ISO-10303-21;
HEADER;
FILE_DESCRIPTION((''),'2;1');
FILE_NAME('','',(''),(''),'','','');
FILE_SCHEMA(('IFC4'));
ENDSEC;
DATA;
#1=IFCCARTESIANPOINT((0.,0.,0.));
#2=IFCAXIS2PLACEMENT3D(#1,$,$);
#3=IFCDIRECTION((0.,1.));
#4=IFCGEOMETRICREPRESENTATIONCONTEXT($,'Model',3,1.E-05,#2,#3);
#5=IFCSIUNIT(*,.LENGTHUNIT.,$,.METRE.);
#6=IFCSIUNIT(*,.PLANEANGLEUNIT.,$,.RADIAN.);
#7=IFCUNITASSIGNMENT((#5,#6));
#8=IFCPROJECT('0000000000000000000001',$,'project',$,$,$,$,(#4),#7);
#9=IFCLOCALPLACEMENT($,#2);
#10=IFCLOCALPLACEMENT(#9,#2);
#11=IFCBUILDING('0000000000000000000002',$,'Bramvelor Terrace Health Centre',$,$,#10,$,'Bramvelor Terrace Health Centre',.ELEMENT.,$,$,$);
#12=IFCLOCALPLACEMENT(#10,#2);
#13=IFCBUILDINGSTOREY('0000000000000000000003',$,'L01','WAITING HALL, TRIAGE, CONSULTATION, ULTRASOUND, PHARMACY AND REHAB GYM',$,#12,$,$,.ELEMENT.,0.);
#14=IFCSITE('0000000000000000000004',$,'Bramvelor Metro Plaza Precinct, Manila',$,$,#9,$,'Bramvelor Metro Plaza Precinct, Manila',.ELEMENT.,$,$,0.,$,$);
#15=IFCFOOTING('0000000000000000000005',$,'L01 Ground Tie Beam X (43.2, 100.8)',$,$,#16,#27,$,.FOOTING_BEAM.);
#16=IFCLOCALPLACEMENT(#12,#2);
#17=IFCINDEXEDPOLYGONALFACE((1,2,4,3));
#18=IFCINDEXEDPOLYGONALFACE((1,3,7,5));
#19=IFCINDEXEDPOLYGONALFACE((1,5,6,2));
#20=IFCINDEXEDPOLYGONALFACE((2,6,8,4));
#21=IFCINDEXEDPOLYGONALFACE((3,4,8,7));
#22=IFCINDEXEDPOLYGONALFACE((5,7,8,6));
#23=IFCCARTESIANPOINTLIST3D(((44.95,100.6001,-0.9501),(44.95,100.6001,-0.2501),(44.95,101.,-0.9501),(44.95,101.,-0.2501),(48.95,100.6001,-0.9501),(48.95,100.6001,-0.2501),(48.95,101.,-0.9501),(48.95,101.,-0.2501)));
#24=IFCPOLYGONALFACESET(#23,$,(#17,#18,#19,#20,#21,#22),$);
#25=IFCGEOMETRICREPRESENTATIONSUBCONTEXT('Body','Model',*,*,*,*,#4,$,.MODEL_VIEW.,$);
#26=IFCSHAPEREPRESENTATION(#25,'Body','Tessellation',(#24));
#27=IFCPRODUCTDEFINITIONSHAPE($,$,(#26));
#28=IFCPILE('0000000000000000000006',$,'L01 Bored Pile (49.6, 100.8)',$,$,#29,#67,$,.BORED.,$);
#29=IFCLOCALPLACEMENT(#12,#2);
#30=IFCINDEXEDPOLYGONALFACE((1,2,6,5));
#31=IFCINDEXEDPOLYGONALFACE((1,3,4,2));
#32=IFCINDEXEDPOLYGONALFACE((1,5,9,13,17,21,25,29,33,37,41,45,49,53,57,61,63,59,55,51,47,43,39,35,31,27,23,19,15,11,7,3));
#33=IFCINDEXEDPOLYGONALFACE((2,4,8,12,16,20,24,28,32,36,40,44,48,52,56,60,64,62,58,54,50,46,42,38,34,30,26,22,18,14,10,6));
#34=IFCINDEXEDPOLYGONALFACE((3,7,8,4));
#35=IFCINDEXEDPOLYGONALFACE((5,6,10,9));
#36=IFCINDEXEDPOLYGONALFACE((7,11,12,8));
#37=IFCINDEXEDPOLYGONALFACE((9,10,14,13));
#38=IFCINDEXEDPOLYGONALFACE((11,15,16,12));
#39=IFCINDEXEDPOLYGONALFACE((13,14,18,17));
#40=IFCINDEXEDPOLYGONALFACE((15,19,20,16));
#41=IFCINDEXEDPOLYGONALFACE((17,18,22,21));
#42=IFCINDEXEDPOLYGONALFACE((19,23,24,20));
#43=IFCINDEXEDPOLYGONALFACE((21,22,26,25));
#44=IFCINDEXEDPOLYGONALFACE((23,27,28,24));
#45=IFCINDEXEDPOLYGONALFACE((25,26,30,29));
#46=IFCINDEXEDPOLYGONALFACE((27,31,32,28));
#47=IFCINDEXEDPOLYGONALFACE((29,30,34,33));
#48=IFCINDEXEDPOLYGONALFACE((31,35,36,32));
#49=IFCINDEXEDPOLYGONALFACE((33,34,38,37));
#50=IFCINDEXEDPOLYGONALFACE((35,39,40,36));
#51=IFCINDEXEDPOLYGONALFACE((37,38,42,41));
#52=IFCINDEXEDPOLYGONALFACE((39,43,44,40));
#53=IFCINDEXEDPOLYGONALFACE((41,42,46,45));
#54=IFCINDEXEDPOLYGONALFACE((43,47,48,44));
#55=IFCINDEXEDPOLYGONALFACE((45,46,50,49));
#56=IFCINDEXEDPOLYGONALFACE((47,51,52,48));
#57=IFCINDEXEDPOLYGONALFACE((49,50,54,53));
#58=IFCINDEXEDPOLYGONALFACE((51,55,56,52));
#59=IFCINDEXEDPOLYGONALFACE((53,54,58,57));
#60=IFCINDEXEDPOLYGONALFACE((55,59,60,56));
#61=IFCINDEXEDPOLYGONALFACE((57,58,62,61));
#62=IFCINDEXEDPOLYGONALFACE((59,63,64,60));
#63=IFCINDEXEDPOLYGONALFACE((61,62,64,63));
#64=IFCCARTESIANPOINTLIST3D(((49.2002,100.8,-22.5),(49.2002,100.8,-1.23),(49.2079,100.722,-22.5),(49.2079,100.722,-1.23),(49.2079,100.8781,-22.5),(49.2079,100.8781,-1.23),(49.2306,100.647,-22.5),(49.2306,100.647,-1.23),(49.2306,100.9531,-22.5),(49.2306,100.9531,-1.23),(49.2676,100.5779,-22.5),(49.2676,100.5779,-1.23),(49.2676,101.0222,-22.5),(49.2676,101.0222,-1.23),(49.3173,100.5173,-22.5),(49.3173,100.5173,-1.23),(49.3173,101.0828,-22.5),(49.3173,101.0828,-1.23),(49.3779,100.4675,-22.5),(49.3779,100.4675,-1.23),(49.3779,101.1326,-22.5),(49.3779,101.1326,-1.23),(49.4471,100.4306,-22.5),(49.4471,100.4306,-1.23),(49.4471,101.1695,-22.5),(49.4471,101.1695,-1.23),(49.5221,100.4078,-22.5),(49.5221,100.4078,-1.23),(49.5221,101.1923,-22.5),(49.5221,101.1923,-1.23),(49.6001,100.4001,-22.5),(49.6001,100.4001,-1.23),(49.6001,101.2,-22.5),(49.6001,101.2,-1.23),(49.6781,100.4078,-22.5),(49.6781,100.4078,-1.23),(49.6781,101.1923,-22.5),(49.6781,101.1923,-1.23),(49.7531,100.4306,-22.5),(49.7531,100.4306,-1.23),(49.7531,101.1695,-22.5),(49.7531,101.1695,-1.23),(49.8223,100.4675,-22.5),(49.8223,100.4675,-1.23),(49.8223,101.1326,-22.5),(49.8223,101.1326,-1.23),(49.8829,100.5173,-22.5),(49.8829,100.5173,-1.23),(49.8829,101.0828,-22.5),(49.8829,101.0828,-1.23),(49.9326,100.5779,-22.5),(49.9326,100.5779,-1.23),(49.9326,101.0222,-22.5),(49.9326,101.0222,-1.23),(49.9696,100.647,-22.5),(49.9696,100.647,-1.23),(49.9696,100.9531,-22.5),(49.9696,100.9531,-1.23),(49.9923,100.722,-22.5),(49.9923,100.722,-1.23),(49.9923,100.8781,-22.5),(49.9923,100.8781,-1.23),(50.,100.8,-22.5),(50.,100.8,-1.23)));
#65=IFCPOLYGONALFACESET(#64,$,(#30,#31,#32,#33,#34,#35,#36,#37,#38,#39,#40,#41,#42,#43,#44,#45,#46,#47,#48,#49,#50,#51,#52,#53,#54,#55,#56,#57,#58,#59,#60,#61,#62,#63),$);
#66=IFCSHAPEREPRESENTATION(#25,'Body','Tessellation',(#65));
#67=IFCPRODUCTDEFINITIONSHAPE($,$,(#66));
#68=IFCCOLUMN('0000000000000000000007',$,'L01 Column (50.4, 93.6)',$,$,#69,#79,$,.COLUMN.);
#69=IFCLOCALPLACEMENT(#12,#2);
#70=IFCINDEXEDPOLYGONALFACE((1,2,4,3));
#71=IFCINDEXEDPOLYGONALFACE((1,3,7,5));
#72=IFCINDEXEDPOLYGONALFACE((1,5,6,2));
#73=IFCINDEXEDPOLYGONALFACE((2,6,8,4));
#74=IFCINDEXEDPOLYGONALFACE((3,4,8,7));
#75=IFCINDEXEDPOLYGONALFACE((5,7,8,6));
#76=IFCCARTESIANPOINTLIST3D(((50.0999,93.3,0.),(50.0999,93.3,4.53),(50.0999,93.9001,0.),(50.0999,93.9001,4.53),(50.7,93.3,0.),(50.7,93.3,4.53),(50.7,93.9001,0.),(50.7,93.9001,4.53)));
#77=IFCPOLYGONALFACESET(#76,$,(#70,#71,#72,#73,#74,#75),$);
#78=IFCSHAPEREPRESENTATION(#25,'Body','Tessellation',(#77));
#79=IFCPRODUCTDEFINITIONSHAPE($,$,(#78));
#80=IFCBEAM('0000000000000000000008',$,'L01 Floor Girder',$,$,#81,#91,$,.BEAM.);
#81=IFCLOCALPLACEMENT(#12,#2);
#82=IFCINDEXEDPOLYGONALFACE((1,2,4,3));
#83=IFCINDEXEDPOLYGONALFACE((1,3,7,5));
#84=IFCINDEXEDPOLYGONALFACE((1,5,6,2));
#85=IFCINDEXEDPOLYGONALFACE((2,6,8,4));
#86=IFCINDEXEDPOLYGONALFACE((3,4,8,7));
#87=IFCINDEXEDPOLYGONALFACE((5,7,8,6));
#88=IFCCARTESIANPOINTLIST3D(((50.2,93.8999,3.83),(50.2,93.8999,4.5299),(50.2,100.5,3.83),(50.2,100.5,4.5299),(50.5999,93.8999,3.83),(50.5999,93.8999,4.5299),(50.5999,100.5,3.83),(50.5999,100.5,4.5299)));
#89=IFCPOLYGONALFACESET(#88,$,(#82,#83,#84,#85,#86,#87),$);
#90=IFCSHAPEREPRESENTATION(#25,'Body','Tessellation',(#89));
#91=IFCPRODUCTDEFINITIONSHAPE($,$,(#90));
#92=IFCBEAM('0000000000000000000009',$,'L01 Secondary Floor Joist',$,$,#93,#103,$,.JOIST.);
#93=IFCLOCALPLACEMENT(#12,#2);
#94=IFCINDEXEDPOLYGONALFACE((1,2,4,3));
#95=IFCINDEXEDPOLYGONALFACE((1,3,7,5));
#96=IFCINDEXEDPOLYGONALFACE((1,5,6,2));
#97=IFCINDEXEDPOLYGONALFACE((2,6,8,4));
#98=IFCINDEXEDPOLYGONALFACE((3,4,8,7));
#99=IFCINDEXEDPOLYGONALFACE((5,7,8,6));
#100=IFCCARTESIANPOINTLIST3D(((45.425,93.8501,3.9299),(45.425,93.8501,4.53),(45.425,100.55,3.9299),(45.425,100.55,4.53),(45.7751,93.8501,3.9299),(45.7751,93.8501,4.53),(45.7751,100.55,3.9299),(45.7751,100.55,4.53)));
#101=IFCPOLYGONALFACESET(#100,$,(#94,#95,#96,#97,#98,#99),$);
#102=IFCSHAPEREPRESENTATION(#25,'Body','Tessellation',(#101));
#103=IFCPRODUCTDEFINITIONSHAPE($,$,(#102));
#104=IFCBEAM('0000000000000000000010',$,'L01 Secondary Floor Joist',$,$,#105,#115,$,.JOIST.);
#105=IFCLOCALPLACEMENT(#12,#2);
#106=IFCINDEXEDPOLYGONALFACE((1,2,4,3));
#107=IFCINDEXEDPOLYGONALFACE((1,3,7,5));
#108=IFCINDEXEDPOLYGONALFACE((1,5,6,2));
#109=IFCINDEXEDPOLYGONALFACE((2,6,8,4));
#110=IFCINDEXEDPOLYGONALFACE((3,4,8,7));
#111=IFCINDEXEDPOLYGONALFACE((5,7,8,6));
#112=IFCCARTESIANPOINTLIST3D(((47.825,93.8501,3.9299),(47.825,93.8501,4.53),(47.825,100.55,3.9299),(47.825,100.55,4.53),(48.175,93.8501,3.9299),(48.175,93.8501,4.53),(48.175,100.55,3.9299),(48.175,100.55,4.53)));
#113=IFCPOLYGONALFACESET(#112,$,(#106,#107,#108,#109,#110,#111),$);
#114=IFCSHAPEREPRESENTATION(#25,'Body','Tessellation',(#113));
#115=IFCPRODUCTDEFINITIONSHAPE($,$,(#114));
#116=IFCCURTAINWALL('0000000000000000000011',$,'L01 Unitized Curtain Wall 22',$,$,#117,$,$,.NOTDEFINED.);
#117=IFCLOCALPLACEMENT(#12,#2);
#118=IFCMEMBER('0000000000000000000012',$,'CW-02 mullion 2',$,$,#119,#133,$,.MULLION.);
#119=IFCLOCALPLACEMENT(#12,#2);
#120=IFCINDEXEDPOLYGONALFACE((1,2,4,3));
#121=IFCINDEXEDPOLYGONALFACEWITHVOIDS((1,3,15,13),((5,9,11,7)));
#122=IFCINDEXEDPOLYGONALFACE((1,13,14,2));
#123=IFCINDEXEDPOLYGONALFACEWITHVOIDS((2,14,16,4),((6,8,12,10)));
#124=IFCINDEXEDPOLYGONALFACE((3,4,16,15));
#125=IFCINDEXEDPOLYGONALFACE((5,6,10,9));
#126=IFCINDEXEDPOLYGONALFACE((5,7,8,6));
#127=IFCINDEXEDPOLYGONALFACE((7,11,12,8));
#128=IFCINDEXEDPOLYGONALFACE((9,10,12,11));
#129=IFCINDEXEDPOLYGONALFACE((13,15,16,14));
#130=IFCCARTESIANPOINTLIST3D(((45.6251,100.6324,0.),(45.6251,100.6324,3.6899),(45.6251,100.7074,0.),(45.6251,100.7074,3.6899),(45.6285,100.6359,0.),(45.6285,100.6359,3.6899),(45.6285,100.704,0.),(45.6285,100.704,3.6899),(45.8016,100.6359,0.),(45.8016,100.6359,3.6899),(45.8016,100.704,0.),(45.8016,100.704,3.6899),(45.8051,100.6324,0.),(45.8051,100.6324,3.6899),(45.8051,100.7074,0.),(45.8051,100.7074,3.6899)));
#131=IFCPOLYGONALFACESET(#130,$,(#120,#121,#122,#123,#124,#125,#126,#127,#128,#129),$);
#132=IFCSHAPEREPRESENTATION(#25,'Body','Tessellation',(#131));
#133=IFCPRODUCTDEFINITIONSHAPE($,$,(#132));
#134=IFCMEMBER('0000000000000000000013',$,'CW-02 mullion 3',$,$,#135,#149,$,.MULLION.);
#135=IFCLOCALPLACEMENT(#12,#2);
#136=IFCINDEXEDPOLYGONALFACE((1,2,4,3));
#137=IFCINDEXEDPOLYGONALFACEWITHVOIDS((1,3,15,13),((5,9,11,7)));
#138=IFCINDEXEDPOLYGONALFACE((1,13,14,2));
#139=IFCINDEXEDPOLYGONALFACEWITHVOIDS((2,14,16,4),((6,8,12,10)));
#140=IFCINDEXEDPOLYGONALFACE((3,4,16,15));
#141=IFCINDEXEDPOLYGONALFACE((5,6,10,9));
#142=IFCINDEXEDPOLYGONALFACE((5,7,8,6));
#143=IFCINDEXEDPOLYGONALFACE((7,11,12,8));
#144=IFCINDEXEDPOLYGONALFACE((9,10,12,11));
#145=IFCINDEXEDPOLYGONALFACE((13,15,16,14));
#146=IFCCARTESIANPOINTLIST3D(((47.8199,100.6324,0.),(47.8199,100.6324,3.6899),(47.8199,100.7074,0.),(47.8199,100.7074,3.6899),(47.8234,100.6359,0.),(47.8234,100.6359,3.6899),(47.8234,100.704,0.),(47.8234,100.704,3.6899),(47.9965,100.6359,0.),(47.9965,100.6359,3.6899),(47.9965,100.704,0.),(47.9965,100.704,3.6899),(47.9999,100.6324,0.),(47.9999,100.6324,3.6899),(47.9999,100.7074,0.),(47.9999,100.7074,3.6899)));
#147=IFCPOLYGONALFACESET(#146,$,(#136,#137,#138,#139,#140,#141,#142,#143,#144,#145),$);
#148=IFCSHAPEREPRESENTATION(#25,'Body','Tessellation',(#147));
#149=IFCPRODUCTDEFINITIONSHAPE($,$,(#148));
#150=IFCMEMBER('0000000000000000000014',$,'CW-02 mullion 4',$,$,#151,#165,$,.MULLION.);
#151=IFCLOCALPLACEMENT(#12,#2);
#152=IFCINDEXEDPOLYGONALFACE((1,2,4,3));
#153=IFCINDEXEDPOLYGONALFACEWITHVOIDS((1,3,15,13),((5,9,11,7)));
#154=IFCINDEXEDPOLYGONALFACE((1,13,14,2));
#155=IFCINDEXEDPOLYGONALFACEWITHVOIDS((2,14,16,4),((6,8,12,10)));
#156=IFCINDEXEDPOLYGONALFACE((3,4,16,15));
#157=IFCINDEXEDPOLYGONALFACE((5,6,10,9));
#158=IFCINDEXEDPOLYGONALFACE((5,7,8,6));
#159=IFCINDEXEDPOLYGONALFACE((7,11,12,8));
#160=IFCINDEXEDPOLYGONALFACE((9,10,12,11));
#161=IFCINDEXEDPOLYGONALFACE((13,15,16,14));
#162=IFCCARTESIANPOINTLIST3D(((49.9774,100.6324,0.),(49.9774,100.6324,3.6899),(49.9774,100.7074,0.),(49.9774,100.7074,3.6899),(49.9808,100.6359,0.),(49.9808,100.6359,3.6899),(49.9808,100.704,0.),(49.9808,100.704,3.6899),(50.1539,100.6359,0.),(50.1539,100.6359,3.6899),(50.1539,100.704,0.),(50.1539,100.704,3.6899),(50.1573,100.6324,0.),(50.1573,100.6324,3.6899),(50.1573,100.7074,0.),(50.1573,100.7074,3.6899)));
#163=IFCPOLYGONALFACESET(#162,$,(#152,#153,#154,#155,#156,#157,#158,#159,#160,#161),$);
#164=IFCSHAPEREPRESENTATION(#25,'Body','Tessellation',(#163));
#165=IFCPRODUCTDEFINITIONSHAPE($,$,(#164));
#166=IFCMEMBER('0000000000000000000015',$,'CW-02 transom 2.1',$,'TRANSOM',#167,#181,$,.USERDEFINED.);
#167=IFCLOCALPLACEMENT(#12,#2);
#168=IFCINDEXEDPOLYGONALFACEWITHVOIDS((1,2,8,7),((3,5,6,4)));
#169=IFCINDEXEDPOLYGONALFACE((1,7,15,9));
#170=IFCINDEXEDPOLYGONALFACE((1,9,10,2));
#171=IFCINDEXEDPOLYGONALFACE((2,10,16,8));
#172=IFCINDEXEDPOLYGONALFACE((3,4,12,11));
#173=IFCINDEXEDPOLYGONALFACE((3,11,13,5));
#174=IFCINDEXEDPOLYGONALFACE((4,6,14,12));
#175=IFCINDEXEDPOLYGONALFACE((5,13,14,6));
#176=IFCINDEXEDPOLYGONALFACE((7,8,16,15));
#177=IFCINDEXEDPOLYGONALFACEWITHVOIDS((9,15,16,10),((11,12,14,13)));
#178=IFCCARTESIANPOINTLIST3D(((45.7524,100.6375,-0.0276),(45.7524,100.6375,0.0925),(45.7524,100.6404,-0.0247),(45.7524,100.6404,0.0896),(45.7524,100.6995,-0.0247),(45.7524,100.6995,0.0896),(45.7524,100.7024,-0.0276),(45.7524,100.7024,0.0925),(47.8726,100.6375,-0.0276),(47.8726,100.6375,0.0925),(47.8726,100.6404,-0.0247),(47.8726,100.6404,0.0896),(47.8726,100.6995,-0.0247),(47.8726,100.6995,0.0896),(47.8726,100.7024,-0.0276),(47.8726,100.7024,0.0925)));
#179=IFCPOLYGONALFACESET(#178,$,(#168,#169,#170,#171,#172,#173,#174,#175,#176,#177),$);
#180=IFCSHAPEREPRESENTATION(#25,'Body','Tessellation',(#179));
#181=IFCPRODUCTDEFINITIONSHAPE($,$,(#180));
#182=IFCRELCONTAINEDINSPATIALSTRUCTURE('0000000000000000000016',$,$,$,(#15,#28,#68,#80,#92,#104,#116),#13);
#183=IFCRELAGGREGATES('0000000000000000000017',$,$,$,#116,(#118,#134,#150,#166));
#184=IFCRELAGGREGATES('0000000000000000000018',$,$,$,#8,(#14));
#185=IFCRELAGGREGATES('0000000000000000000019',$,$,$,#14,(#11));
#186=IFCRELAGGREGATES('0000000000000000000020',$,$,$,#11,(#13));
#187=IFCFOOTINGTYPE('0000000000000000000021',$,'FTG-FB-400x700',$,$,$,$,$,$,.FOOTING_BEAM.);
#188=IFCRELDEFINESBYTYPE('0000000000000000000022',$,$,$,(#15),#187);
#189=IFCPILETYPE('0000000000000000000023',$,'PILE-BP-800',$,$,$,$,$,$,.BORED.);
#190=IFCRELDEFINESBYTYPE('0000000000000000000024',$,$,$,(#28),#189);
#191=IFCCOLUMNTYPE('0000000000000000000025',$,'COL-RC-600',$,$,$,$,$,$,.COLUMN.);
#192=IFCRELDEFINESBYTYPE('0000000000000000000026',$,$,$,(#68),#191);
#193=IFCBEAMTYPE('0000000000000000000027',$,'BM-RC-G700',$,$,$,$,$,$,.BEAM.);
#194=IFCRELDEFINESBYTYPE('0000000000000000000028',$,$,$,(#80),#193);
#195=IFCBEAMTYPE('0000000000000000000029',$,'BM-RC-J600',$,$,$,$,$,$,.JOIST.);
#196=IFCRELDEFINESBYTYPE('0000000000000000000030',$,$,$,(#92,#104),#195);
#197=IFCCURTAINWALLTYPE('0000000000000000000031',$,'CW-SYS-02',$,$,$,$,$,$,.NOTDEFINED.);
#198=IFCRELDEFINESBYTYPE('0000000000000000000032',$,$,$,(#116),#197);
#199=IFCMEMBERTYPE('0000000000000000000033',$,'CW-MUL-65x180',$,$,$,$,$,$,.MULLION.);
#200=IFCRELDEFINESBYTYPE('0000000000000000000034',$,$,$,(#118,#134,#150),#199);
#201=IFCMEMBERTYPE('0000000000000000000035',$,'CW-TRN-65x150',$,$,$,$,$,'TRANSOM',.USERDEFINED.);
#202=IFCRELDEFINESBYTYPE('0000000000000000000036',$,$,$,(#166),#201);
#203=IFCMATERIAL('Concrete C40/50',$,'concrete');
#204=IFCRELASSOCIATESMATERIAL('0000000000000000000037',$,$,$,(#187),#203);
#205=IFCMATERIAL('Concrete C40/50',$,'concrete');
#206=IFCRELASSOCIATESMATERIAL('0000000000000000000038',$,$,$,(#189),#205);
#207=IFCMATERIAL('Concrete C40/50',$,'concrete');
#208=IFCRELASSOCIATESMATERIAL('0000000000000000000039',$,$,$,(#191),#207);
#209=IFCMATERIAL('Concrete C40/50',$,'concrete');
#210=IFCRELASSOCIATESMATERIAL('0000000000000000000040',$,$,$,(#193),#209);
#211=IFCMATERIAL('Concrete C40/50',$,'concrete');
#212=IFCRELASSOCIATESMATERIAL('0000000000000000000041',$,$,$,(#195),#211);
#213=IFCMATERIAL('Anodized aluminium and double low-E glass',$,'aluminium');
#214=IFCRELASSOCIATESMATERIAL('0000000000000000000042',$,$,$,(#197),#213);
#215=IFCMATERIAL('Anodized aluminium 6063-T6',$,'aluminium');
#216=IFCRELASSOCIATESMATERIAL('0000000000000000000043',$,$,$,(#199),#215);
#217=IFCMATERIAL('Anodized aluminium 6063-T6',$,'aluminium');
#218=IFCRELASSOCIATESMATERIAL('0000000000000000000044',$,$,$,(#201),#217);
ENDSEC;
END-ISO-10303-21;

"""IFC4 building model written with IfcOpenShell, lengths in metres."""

from ifc_helpers import new_model, si_unit, direction, frame, origin, origin_2d, place, context, subcontext, project, spatial, rectangle, hollow_rectangle, circle, extrude, material, material_profile, profile_set, type_object, element, aggregate, save


model = new_model("IFC4")

# Units and contexts
model_context = context("Model", 3, precision=1e-05, world=origin(), true_north=direction((0.0, 1.0)))
body_context = subcontext(model_context, "Body", "Model", "MODEL_VIEW")
ifc_project = project(units=[si_unit("LENGTHUNIT", "METRE"), si_unit("PLANEANGLEUNIT", "RADIAN")], contexts=[model_context])

# Site, building, storey
site_placement = place(None, origin())
site = spatial("IfcSite", under=ifc_project, at=site_placement, Name="Bramvelor Metro Plaza Precinct, Manila", LongName="Bramvelor Metro Plaza Precinct, Manila", CompositionType="ELEMENT", RefElevation=0.0)
building_placement = place(site_placement, origin())
building = spatial("IfcBuilding", under=site, at=building_placement, Name="Bramvelor Terrace Health Centre", LongName="Bramvelor Terrace Health Centre", CompositionType="ELEMENT")
storey_placement = place(building_placement, origin())
storey = spatial("IfcBuildingStorey", under=building, at=storey_placement, Name="L01", Description="WAITING HALL, TRIAGE, CONSULTATION, ULTRASOUND, PHARMACY AND REHAB GYM", CompositionType="ELEMENT", Elevation=0.0)

# Footing
ifc_material_1 = material(Name="Concrete C40/50", Category="concrete")
ifc_material_profile_1 = material_profile(ifc_material_1, rectangle(XDim=0.3999, YDim=0.7, at=origin_2d()), Name="RC 400x700")
ifc_profile_set_1 = profile_set([ifc_material_profile_1], Name="Concrete C40/50")
footing_type = type_object("IfcFootingType", Name="FTG-FB-400x700", PredefinedType="FOOTING_BEAM", material=ifc_profile_set_1)
footing_placement = place(storey_placement, frame((44.95, 100.8, -0.6001), z_axis=(1.0, 0.0, 0.0), x_axis=(0.0, 1.0, 0.0)))
element("IfcFooting", 1, at=footing_placement, inside=storey, type_object=footing_type, Name="L01 Ground Tie Beam X (43.2, 100.8)", PredefinedType="FOOTING_BEAM", context=body_context, shape_type="SweptSolid", body=[
    extrude(rectangle(XDim=0.3999, YDim=0.7, at=origin_2d()), origin(), (0.0, 0.0, 1.0), 4.0),
])

# Pile
ifc_material_2 = material(Name="Concrete C40/50", Category="concrete")
ifc_material_profile_2 = material_profile(ifc_material_2, circle(Radius=0.3999, at=origin_2d()), Name="BP D800")
ifc_profile_set_2 = profile_set([ifc_material_profile_2], Name="Concrete C40/50")
pile_type = type_object("IfcPileType", Name="PILE-BP-800", PredefinedType="BORED", material=ifc_profile_set_2)
pile_placement = place(storey_placement, frame((49.6001, 100.8, -1.23), z_axis=(0.0, 0.0, -1.0), x_axis=(1.0, 0.0, 0.0)))
element("IfcPile", 2, at=pile_placement, inside=storey, type_object=pile_type, Name="L01 Bored Pile (49.6, 100.8)", PredefinedType="BORED", context=body_context, shape_type="SweptSolid", body=[
    extrude(circle(Radius=0.3999, at=origin_2d()), origin(), (0.0, 0.0, 1.0), 21.27),
])

# Column
ifc_material_3 = material(Name="Concrete C40/50", Category="concrete")
ifc_material_profile_3 = material_profile(ifc_material_3, rectangle(XDim=0.6001, YDim=0.6001, at=origin_2d()), Name="RC 600x600")
ifc_profile_set_3 = profile_set([ifc_material_profile_3], Name="Concrete C40/50")
column_type = type_object("IfcColumnType", Name="COL-RC-600", PredefinedType="COLUMN", material=ifc_profile_set_3)
column_placement = place(storey_placement, frame((50.3999, 93.6001, 0.0), z_axis=(0.0, 0.0, 1.0), x_axis=(1.0, 0.0, 0.0)))
element("IfcColumn", 3, at=column_placement, inside=storey, type_object=column_type, Name="L01 Column (50.4, 93.6)", PredefinedType="COLUMN", context=body_context, shape_type="SweptSolid", body=[
    extrude(rectangle(XDim=0.6001, YDim=0.6001, at=origin_2d()), origin(), (0.0, 0.0, 1.0), 4.53),
])

# Beams
ifc_material_4 = material(Name="Concrete C40/50", Category="concrete")
ifc_material_profile_4 = material_profile(ifc_material_4, rectangle(XDim=0.3999, YDim=0.7, at=origin_2d()), Name="RC 400x700")
ifc_profile_set_4 = profile_set([ifc_material_profile_4], Name="Concrete C40/50")
beam_type_1 = type_object("IfcBeamType", Name="BM-RC-G700", PredefinedType="BEAM", material=ifc_profile_set_4)
beam_placement = place(storey_placement, frame((50.3999, 93.8999, 4.1799), z_axis=(0.0, 1.0, 0.0), x_axis=(-1.0, 0.0, 0.0)))
element("IfcBeam", 4, at=beam_placement, inside=storey, type_object=beam_type_1, Name="L01 Floor Girder", PredefinedType="BEAM", context=body_context, shape_type="SweptSolid", body=[
    extrude(rectangle(XDim=0.3999, YDim=0.7, at=origin_2d()), origin(), (0.0, 0.0, 1.0), 6.6001),
])
ifc_material_5 = material(Name="Concrete C40/50", Category="concrete")
ifc_material_profile_5 = material_profile(ifc_material_5, rectangle(XDim=0.3501, YDim=0.6001, at=origin_2d()), Name="RC 350x600")
ifc_profile_set_5 = profile_set([ifc_material_profile_5], Name="Concrete C40/50")
beam_type_2 = type_object("IfcBeamType", Name="BM-RC-J600", PredefinedType="JOIST", material=ifc_profile_set_5)
for number, where, z_axis, x_axis, name in (
    (5, (45.6001, 93.8501, 4.23), (0.0, 1.0, 0.0), (-1.0, 0.0, 0.0), "L01 Secondary Floor Joist"),
    (6, (48.0, 93.8501, 4.23), (0.0, 1.0, 0.0), (-1.0, 0.0, 0.0), "L01 Secondary Floor Joist"),
):
    element("IfcBeam", number, at=place(storey_placement, frame(where, z_axis=z_axis, x_axis=x_axis)), inside=storey, type_object=beam_type_2, Name=name, PredefinedType="JOIST", context=body_context, shape_type="SweptSolid", body=[
        extrude(rectangle(XDim=0.3501, YDim=0.6001, at=origin_2d()), origin(), (0.0, 0.0, 1.0), 6.7),
    ])

# Curtain wall, members
ifc_material_6 = material(Name="Anodized aluminium and double low-E glass", Category="aluminium")
curtain_wall_type = type_object("IfcCurtainWallType", Name="CW-SYS-02", PredefinedType="NOTDEFINED", material=ifc_material_6)
curtain_wall_placement = place(storey_placement, origin())
curtain_wall = element("IfcCurtainWall", 7, at=curtain_wall_placement, inside=storey, type_object=curtain_wall_type, Name="L01 Unitized Curtain Wall 22", PredefinedType="NOTDEFINED")
ifc_material_7 = material(Name="Anodized aluminium 6063-T6", Category="aluminium")
ifc_material_profile_6 = material_profile(ifc_material_7, hollow_rectangle(XDim=0.075, YDim=0.1799, WallThickness=0.0034, at=origin_2d()), Name="ALU-MUL 75x180x3.5")
ifc_profile_set_6 = profile_set([ifc_material_profile_6], Name="Anodized aluminium 6063-T6")
member_type_1 = type_object("IfcMemberType", Name="CW-MUL-65x180", PredefinedType="MULLION", material=ifc_profile_set_6)
member_1_placement = place(storey_placement, frame((45.7151, 100.6699, 0.0), z_axis=(0.0, 0.0, 1.0), x_axis=(0.0, 1.0, 0.0)))
member_1 = element("IfcMember", 8, at=member_1_placement, type_object=member_type_1, Name="CW-02 mullion 2", PredefinedType="MULLION", context=body_context, shape_type="SweptSolid", body=[
    extrude(hollow_rectangle(XDim=0.075, YDim=0.1799, WallThickness=0.0034, at=origin_2d()), origin(), (0.0, 0.0, 1.0), 3.6899),
])
member_2_placement = place(storey_placement, frame((47.9099, 100.6699, 0.0), z_axis=(0.0, 0.0, 1.0), x_axis=(0.0, 1.0, 0.0)))
member_2 = element("IfcMember", 9, at=member_2_placement, type_object=member_type_1, Name="CW-02 mullion 3", PredefinedType="MULLION", context=body_context, shape_type="SweptSolid", body=[
    extrude(hollow_rectangle(XDim=0.075, YDim=0.1799, WallThickness=0.0034, at=origin_2d()), origin(), (0.0, 0.0, 1.0), 3.6899),
])
member_3_placement = place(storey_placement, frame((50.0674, 100.6699, 0.0), z_axis=(0.0, 0.0, 1.0), x_axis=(0.0, 1.0, 0.0)))
member_3 = element("IfcMember", 10, at=member_3_placement, type_object=member_type_1, Name="CW-02 mullion 4", PredefinedType="MULLION", context=body_context, shape_type="SweptSolid", body=[
    extrude(hollow_rectangle(XDim=0.075, YDim=0.1799, WallThickness=0.0034, at=origin_2d()), origin(), (0.0, 0.0, 1.0), 3.6899),
])
ifc_material_8 = material(Name="Anodized aluminium 6063-T6", Category="aluminium")
ifc_material_profile_7 = material_profile(ifc_material_8, hollow_rectangle(XDim=0.0649, YDim=0.1201, WallThickness=0.0029, at=origin_2d()), Name="ALU-TRN 65x120x3.0")
ifc_profile_set_7 = profile_set([ifc_material_profile_7], Name="Anodized aluminium 6063-T6")
member_type_2 = type_object("IfcMemberType", Name="CW-TRN-65x150", ElementType="TRANSOM", PredefinedType="USERDEFINED", material=ifc_profile_set_7)
member_4_placement = place(storey_placement, frame((45.7524, 100.6699, 0.0325), z_axis=(1.0, 0.0, 0.0), x_axis=(0.0, 1.0, 0.0)))
member_4 = element("IfcMember", 11, at=member_4_placement, type_object=member_type_2, Name="CW-02 transom 2.1", ObjectType="TRANSOM", PredefinedType="USERDEFINED", context=body_context, shape_type="SweptSolid", body=[
    extrude(hollow_rectangle(XDim=0.0649, YDim=0.1201, WallThickness=0.0029, at=origin_2d()), origin(), (0.0, 0.0, 1.0), 2.1201),
])
aggregate(curtain_wall, [member_1, member_2, member_3, member_4])

save(model, "model.ifc")
